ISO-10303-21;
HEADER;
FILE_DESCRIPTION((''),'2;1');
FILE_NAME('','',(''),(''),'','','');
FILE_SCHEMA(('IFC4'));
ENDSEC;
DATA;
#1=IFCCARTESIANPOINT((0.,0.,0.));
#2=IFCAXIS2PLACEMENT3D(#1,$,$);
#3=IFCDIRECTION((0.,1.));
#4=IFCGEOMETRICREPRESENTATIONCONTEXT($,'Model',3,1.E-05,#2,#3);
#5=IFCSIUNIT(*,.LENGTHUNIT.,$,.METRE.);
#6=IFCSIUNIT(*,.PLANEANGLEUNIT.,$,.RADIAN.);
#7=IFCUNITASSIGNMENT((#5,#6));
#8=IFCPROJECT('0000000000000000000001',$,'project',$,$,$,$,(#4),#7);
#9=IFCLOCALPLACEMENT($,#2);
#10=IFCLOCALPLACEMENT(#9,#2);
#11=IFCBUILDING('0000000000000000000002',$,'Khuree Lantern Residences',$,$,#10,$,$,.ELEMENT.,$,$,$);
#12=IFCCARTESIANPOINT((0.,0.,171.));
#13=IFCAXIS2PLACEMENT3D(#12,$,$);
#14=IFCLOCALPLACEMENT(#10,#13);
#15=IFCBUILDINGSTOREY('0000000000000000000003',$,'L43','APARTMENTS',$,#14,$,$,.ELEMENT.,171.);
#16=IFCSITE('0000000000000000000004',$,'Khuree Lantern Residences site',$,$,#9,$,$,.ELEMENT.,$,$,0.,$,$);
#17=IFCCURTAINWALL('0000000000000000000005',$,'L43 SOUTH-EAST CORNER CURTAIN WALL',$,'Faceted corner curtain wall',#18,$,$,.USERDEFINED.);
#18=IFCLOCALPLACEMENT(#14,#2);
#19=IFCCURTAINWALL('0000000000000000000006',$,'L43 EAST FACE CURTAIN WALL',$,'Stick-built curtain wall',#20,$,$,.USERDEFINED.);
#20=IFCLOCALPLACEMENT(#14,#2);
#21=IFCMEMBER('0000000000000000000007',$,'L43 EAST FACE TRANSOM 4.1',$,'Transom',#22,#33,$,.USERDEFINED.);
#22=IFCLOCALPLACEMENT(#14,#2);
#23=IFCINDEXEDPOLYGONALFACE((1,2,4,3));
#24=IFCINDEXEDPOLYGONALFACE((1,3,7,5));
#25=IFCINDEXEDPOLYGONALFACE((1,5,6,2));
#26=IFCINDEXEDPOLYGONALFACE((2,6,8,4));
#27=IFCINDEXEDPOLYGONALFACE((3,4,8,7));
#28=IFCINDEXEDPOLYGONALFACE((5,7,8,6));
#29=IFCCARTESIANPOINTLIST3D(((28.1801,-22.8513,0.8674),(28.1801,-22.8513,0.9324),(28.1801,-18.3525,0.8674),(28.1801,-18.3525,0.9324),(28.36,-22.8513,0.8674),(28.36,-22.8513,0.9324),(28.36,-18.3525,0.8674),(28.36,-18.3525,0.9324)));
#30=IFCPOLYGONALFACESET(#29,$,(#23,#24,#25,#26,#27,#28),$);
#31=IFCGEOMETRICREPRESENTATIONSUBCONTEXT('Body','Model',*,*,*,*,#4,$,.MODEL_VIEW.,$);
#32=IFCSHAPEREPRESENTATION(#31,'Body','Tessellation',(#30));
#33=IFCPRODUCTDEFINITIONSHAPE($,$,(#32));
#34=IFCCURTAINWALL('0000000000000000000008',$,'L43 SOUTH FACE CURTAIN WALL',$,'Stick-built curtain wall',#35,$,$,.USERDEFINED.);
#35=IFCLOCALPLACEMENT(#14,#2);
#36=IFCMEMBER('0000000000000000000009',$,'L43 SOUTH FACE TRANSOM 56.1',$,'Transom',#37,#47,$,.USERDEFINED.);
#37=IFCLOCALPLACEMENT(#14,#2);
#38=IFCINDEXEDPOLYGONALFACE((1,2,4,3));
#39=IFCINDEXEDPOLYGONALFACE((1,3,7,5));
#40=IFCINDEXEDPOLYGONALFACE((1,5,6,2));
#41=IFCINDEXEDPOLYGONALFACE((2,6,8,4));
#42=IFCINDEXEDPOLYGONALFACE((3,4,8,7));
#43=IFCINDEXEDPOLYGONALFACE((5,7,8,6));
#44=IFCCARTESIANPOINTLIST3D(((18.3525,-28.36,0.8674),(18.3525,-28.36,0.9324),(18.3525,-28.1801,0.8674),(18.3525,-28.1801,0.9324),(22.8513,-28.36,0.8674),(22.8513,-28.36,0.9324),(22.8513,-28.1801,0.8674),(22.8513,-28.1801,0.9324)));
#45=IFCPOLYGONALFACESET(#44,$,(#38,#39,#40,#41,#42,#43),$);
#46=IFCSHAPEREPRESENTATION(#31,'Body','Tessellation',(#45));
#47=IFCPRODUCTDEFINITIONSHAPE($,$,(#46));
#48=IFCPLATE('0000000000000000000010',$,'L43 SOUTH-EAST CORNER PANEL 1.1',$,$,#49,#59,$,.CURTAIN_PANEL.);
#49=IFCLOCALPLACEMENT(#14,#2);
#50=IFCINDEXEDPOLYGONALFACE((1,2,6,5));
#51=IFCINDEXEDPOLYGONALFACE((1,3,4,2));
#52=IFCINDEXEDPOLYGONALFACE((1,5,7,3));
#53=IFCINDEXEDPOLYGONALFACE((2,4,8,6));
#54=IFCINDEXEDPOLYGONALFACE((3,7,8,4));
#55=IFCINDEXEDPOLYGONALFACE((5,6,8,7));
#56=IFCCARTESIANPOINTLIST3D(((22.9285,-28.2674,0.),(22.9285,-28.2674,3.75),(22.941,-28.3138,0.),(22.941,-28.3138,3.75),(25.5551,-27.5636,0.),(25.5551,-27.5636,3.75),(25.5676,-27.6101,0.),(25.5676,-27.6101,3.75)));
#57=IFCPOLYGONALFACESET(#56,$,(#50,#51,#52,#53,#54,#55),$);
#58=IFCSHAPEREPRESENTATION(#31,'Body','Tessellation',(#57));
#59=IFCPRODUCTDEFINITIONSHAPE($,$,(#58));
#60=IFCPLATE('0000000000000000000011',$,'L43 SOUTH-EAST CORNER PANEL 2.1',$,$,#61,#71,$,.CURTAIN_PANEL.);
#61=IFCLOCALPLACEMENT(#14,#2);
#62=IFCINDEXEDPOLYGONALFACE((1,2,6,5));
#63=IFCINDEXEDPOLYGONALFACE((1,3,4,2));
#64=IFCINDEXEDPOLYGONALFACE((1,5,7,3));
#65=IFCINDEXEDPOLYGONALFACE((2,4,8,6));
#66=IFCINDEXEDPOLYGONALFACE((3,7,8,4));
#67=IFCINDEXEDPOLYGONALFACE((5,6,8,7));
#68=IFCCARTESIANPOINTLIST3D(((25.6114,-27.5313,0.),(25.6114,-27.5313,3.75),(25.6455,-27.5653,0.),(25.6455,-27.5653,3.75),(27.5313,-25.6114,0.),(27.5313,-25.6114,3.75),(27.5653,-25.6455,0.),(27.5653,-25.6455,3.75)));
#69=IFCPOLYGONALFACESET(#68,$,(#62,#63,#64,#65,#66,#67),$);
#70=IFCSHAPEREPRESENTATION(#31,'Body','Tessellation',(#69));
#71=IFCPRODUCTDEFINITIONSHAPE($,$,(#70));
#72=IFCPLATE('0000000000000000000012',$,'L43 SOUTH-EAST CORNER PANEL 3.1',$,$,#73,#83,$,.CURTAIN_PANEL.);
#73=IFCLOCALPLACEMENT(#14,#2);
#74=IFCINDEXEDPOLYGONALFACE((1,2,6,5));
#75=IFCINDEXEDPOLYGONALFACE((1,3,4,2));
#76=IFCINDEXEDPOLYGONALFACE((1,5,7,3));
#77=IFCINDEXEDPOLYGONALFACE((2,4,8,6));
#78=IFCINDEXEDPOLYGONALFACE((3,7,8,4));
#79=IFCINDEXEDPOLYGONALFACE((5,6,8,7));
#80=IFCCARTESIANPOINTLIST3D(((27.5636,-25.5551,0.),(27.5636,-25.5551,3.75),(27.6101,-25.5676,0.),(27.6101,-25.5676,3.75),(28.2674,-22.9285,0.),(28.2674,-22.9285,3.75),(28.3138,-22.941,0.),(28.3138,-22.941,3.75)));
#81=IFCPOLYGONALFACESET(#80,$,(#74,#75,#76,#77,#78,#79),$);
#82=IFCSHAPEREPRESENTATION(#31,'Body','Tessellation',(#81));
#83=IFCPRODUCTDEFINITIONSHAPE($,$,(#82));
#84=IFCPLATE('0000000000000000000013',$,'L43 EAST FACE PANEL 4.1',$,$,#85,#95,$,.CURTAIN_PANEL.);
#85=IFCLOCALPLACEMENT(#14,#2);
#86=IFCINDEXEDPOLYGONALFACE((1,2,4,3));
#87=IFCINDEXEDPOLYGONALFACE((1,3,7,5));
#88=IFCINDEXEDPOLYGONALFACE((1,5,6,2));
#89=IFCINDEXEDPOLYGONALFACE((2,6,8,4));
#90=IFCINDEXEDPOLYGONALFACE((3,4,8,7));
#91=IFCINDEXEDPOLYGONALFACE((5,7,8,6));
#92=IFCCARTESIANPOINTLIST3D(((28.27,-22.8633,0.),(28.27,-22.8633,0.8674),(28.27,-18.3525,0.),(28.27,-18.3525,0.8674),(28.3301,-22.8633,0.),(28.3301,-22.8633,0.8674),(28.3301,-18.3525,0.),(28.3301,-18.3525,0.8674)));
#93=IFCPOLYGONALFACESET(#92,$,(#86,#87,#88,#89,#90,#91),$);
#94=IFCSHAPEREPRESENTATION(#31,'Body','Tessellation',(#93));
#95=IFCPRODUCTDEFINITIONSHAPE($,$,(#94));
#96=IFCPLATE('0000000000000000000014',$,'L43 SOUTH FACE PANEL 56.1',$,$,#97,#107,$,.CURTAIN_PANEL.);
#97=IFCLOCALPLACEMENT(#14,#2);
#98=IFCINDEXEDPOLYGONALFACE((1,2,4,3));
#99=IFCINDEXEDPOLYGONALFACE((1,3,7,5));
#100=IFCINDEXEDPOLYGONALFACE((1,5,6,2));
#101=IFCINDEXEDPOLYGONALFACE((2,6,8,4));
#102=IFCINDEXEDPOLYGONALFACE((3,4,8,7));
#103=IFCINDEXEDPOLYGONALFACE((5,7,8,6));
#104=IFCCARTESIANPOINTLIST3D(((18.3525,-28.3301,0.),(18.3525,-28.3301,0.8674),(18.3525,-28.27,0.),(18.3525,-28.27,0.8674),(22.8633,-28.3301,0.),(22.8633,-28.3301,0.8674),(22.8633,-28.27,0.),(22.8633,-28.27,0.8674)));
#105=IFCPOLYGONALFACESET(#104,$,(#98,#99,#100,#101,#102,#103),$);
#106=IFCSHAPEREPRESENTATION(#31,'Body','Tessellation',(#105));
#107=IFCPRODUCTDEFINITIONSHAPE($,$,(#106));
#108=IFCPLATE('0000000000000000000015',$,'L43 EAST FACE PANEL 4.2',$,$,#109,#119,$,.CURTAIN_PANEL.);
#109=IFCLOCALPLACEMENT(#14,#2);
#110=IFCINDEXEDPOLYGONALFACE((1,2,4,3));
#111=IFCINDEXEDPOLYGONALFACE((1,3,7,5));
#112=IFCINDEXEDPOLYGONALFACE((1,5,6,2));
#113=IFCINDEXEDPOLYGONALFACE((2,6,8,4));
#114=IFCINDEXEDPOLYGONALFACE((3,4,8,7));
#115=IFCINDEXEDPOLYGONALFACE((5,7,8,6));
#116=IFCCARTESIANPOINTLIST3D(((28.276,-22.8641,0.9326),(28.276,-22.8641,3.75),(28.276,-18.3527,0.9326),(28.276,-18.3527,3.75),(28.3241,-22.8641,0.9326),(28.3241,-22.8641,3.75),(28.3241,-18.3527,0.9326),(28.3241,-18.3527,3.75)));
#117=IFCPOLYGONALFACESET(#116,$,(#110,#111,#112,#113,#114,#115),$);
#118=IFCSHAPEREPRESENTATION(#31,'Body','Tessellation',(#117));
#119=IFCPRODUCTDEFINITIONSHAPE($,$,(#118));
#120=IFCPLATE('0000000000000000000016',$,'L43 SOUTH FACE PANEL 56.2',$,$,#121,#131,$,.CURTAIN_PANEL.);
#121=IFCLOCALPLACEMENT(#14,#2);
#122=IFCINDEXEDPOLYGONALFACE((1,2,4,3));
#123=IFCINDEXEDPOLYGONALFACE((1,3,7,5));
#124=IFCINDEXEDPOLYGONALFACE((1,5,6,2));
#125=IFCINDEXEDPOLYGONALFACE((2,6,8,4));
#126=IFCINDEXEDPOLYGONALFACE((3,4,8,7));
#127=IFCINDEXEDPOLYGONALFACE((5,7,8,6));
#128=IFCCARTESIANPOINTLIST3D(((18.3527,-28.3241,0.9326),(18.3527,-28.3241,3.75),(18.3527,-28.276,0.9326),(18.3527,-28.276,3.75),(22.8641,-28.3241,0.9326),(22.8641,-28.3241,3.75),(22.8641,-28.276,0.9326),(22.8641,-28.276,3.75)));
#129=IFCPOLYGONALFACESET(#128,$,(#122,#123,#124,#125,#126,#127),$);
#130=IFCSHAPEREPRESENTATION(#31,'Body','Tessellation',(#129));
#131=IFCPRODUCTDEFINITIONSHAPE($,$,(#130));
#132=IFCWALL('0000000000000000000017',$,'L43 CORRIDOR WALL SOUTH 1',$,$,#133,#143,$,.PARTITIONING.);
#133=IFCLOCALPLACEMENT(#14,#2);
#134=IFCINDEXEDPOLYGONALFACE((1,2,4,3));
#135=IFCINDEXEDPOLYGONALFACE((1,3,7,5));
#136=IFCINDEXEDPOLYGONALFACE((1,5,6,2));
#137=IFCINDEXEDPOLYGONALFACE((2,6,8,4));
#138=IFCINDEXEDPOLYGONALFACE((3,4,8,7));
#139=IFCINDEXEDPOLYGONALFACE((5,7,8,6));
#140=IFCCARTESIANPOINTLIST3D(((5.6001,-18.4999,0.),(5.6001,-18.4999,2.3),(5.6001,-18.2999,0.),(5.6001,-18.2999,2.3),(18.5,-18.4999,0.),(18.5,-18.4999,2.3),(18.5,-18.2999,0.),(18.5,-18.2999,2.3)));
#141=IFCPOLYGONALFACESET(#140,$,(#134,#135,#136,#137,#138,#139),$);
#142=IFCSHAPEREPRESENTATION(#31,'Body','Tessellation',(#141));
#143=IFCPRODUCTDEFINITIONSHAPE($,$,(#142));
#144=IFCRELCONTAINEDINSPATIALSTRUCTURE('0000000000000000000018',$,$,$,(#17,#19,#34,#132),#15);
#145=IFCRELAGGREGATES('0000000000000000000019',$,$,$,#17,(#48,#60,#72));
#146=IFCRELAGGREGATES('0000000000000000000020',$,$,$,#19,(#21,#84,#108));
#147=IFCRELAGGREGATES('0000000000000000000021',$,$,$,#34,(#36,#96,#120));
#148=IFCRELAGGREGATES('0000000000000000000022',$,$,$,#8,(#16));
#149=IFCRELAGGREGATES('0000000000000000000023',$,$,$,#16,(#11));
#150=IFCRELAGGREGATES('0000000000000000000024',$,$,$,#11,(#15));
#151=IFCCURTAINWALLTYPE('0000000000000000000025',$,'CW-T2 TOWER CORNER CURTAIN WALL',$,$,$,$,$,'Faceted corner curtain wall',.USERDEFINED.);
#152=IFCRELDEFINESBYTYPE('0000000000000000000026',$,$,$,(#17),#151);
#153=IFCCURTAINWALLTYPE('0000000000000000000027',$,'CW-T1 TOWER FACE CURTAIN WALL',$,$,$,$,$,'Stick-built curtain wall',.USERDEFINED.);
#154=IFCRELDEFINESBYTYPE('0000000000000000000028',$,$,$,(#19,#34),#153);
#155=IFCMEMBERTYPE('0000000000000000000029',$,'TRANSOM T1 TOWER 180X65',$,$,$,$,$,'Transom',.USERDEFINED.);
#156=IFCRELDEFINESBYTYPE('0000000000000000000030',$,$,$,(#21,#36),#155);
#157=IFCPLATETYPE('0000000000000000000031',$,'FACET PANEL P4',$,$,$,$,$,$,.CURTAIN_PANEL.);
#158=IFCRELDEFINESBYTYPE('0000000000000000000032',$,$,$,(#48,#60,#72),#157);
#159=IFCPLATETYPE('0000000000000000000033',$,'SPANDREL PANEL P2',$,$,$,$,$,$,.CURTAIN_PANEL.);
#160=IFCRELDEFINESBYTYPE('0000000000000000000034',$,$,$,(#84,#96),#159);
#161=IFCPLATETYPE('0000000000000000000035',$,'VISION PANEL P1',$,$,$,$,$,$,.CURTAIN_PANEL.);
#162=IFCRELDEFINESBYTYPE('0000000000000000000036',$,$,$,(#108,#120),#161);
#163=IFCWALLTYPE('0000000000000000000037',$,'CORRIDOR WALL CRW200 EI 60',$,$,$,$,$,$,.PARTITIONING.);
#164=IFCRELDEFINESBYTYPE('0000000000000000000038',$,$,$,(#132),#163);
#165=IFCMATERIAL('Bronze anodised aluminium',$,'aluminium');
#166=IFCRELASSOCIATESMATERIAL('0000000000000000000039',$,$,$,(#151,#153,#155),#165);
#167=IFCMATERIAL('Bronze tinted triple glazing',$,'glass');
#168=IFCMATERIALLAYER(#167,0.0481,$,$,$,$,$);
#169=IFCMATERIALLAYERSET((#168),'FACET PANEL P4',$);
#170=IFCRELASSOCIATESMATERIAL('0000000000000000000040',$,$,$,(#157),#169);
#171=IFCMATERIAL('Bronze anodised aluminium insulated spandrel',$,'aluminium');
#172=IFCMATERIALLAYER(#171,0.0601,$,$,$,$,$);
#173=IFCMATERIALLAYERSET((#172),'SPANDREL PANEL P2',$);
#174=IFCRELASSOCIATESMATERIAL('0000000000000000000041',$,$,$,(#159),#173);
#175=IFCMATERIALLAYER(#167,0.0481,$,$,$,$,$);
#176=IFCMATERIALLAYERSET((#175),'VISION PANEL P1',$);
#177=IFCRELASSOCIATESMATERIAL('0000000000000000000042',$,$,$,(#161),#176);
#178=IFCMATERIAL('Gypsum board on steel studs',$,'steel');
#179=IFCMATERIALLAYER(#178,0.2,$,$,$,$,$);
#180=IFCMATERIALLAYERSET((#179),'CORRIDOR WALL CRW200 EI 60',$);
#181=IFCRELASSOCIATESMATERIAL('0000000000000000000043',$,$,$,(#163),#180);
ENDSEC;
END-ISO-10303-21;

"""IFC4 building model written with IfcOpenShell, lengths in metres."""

from ifc_helpers import new_model, si_unit, direction, frame, frame_2d, origin, origin_2d, place, context, subcontext, project, spatial, rectangle, extrude, material, layer, layer_set, material_profile, profile_set, type_object, element, aggregate, save


model = new_model("IFC4")

# Units and contexts
model_context = context("Model", 3, precision=1e-05, world=origin(), true_north=direction((0.0, 1.0)))
body_context = subcontext(model_context, "Body", "Model", "MODEL_VIEW")
ifc_project = project(units=[si_unit("LENGTHUNIT", "METRE"), si_unit("PLANEANGLEUNIT", "RADIAN")], contexts=[model_context])

# Site, building, storey
site_placement = place(None, origin())
site = spatial("IfcSite", under=ifc_project, at=site_placement, Name="Khuree Lantern Residences site", CompositionType="ELEMENT", RefElevation=0.0)
building_placement = place(site_placement, origin())
building = spatial("IfcBuilding", under=site, at=building_placement, Name="Khuree Lantern Residences", CompositionType="ELEMENT")
storey_placement = place(building_placement, frame((0.0, 0.0, 171.0)))
storey = spatial("IfcBuildingStorey", under=building, at=storey_placement, Name="L43", Description="APARTMENTS", CompositionType="ELEMENT", Elevation=171.0)

# Curtain wall
ifc_material_1 = material(Name="Bronze anodised aluminium", Category="aluminium")
curtain_wall_type_1 = type_object("IfcCurtainWallType", Name="CW-T2 TOWER CORNER CURTAIN WALL", ElementType="Faceted corner curtain wall", PredefinedType="USERDEFINED", material=ifc_material_1)
curtain_wall_1_placement = place(storey_placement, origin())
curtain_wall_1 = element("IfcCurtainWall", 1, at=curtain_wall_1_placement, inside=storey, type_object=curtain_wall_type_1, Name="L43 SOUTH-EAST CORNER CURTAIN WALL", ObjectType="Faceted corner curtain wall", PredefinedType="USERDEFINED")

# Curtain wall, member
curtain_wall_type_2 = type_object("IfcCurtainWallType", Name="CW-T1 TOWER FACE CURTAIN WALL", ElementType="Stick-built curtain wall", PredefinedType="USERDEFINED", material=ifc_material_1)
curtain_wall_2_placement = place(storey_placement, origin())
curtain_wall_2 = element("IfcCurtainWall", 2, at=curtain_wall_2_placement, inside=storey, type_object=curtain_wall_type_2, Name="L43 EAST FACE CURTAIN WALL", ObjectType="Stick-built curtain wall", PredefinedType="USERDEFINED")
ifc_material_profile_1 = material_profile(ifc_material_1, rectangle(XDim=0.1799, YDim=0.0649, at=origin_2d()), Name="T1 180X65")
ifc_profile_set_1 = profile_set([ifc_material_profile_1], Name="Bronze anodised aluminium")
member_type_1 = type_object("IfcMemberType", Name="TRANSOM T1 TOWER 180X65", ElementType="Transom", PredefinedType="USERDEFINED", material=ifc_profile_set_1)
member_1_placement = place(storey_placement, frame((28.27, -22.8513, 0.8999), z_axis=(0.0, 1.0, 0.0), x_axis=(-1.0, 0.0, 0.0)))
member_1 = element("IfcMember", 3, at=member_1_placement, type_object=member_type_1, Name="L43 EAST FACE TRANSOM 4.1", ObjectType="Transom", PredefinedType="USERDEFINED", context=body_context, shape_type="SweptSolid", body=[
    extrude(rectangle(XDim=0.1799, YDim=0.0649, at=origin_2d()), origin(), (0.0, 0.0, 1.0), 4.4988),
])

# Curtain wall, member
curtain_wall_3_placement = place(storey_placement, origin())
curtain_wall_3 = element("IfcCurtainWall", 4, at=curtain_wall_3_placement, inside=storey, type_object=curtain_wall_type_2, Name="L43 SOUTH FACE CURTAIN WALL", ObjectType="Stick-built curtain wall", PredefinedType="USERDEFINED")
member_2_placement = place(storey_placement, frame((18.3525, -28.27, 0.8999), z_axis=(1.0, 0.0, 0.0), x_axis=(0.0, 1.0, 0.0)))
member_2 = element("IfcMember", 5, at=member_2_placement, type_object=member_type_1, Name="L43 SOUTH FACE TRANSOM 56.1", ObjectType="Transom", PredefinedType="USERDEFINED", context=body_context, shape_type="SweptSolid", body=[
    extrude(rectangle(XDim=0.1799, YDim=0.0649, at=origin_2d()), origin(), (0.0, 0.0, 1.0), 4.4988),
])

# Plates
ifc_material_2 = material(Name="Bronze tinted triple glazing", Category="glass")
ifc_layer_1 = layer(ifc_material_2, 0.0481)
ifc_layer_set_1 = layer_set([ifc_layer_1], Name="FACET PANEL P4")
plate_type_1 = type_object("IfcPlateType", Name="FACET PANEL P4", PredefinedType="CURTAIN_PANEL", material=ifc_layer_set_1)
plate_1_placement = place(storey_placement, frame((24.248, -27.9387, 0.0), z_axis=(0.0, 0.0, 1.0), x_axis=(0.965926, 0.258819, 0.0)))
plate_1 = element("IfcPlate", 6, at=plate_1_placement, type_object=plate_type_1, Name="L43 SOUTH-EAST CORNER PANEL 1.1", PredefinedType="CURTAIN_PANEL", context=body_context, shape_type="SweptSolid", body=[
    extrude(rectangle(XDim=2.7192, YDim=0.0481, at=origin_2d()), origin(), (0.0, 0.0, 1.0), 3.75),
])
plate_2_placement = place(storey_placement, frame((26.5884, -26.5884, 0.0), z_axis=(0.0, 0.0, 1.0), x_axis=(0.707107, 0.707107, 0.0)))
plate_2 = element("IfcPlate", 7, at=plate_2_placement, type_object=plate_type_1, Name="L43 SOUTH-EAST CORNER PANEL 2.1", PredefinedType="CURTAIN_PANEL", context=body_context, shape_type="SweptSolid", body=[
    extrude(rectangle(XDim=2.7151, YDim=0.0481, at=origin_2d()), origin(), (0.0, 0.0, 1.0), 3.75),
])
plate_3_placement = place(storey_placement, frame((27.9387, -24.248, 0.0), z_axis=(0.0, 0.0, 1.0), x_axis=(0.258819, 0.965926, 0.0)))
plate_3 = element("IfcPlate", 8, at=plate_3_placement, type_object=plate_type_1, Name="L43 SOUTH-EAST CORNER PANEL 3.1", PredefinedType="CURTAIN_PANEL", context=body_context, shape_type="SweptSolid", body=[
    extrude(rectangle(XDim=2.7192, YDim=0.0481, at=origin_2d()), origin(), (0.0, 0.0, 1.0), 3.75),
])
aggregate(curtain_wall_1, [plate_1, plate_2, plate_3])
ifc_material_3 = material(Name="Bronze anodised aluminium insulated spandrel", Category="aluminium")
ifc_layer_2 = layer(ifc_material_3, 0.0601)
ifc_layer_set_2 = layer_set([ifc_layer_2], Name="SPANDREL PANEL P2")
plate_type_2 = type_object("IfcPlateType", Name="SPANDREL PANEL P2", PredefinedType="CURTAIN_PANEL", material=ifc_layer_set_2)
plate_4_placement = place(storey_placement, frame((28.3, -20.6079, 0.0), z_axis=(0.0, 0.0, 1.0), x_axis=(0.0, 1.0, 0.0)))
plate_4 = element("IfcPlate", 9, at=plate_4_placement, type_object=plate_type_2, Name="L43 EAST FACE PANEL 4.1", PredefinedType="CURTAIN_PANEL", context=body_context, shape_type="SweptSolid", body=[
    extrude(rectangle(XDim=4.5107, YDim=0.0601, at=origin_2d()), origin(), (0.0, 0.0, 1.0), 0.8674),
])
plate_5_placement = place(storey_placement, frame((20.6079, -28.3, 0.0), z_axis=(0.0, 0.0, 1.0), x_axis=(1.0, 0.0, 0.0)))
plate_5 = element("IfcPlate", 10, at=plate_5_placement, type_object=plate_type_2, Name="L43 SOUTH FACE PANEL 56.1", PredefinedType="CURTAIN_PANEL", context=body_context, shape_type="SweptSolid", body=[
    extrude(rectangle(XDim=4.5107, YDim=0.0601, at=origin_2d()), origin(), (0.0, 0.0, 1.0), 0.8674),
])
ifc_layer_3 = layer(ifc_material_2, 0.0481)
ifc_layer_set_3 = layer_set([ifc_layer_3], Name="VISION PANEL P1")
plate_type_3 = type_object("IfcPlateType", Name="VISION PANEL P1", PredefinedType="CURTAIN_PANEL", material=ifc_layer_set_3)
plate_6_placement = place(storey_placement, frame((28.3, -20.6084, 0.9326), z_axis=(0.0, 0.0, 1.0), x_axis=(0.0, 1.0, 0.0)))
plate_6 = element("IfcPlate", 11, at=plate_6_placement, type_object=plate_type_3, Name="L43 EAST FACE PANEL 4.2", PredefinedType="CURTAIN_PANEL", context=body_context, shape_type="SweptSolid", body=[
    extrude(rectangle(XDim=4.5115, YDim=0.0481, at=origin_2d()), origin(), (0.0, 0.0, 1.0), 2.8174),
])
aggregate(curtain_wall_2, [member_1, plate_4, plate_6])
plate_7_placement = place(storey_placement, frame((20.6084, -28.3, 0.9326), z_axis=(0.0, 0.0, 1.0), x_axis=(1.0, 0.0, 0.0)))
plate_7 = element("IfcPlate", 12, at=plate_7_placement, type_object=plate_type_3, Name="L43 SOUTH FACE PANEL 56.2", PredefinedType="CURTAIN_PANEL", context=body_context, shape_type="SweptSolid", body=[
    extrude(rectangle(XDim=4.5115, YDim=0.0481, at=origin_2d()), origin(), (0.0, 0.0, 1.0), 2.8174),
])
aggregate(curtain_wall_3, [member_2, plate_5, plate_7])

# Wall
ifc_material_4 = material(Name="Gypsum board on steel studs", Category="steel")
ifc_layer_4 = layer(ifc_material_4, 0.2)
ifc_layer_set_4 = layer_set([ifc_layer_4], Name="CORRIDOR WALL CRW200 EI 60")
wall_type = type_object("IfcWallType", Name="CORRIDOR WALL CRW200 EI 60", PredefinedType="PARTITIONING", material=ifc_layer_set_4)
wall_placement = place(storey_placement, frame((18.5, -18.3999, 0.0), z_axis=(0.0, 0.0, 1.0), x_axis=(-1.0, 0.0, 0.0)))
element("IfcWall", 13, at=wall_placement, inside=storey, type_object=wall_type, Name="L43 CORRIDOR WALL SOUTH 1", PredefinedType="PARTITIONING", context=body_context, shape_type="SweptSolid", body=[
    extrude(rectangle(XDim=12.8999, YDim=0.2, at=frame_2d((6.45, 0.0))), origin(), (0.0, 0.0, 1.0), 2.3),
])

save(model, "model.ifc")
